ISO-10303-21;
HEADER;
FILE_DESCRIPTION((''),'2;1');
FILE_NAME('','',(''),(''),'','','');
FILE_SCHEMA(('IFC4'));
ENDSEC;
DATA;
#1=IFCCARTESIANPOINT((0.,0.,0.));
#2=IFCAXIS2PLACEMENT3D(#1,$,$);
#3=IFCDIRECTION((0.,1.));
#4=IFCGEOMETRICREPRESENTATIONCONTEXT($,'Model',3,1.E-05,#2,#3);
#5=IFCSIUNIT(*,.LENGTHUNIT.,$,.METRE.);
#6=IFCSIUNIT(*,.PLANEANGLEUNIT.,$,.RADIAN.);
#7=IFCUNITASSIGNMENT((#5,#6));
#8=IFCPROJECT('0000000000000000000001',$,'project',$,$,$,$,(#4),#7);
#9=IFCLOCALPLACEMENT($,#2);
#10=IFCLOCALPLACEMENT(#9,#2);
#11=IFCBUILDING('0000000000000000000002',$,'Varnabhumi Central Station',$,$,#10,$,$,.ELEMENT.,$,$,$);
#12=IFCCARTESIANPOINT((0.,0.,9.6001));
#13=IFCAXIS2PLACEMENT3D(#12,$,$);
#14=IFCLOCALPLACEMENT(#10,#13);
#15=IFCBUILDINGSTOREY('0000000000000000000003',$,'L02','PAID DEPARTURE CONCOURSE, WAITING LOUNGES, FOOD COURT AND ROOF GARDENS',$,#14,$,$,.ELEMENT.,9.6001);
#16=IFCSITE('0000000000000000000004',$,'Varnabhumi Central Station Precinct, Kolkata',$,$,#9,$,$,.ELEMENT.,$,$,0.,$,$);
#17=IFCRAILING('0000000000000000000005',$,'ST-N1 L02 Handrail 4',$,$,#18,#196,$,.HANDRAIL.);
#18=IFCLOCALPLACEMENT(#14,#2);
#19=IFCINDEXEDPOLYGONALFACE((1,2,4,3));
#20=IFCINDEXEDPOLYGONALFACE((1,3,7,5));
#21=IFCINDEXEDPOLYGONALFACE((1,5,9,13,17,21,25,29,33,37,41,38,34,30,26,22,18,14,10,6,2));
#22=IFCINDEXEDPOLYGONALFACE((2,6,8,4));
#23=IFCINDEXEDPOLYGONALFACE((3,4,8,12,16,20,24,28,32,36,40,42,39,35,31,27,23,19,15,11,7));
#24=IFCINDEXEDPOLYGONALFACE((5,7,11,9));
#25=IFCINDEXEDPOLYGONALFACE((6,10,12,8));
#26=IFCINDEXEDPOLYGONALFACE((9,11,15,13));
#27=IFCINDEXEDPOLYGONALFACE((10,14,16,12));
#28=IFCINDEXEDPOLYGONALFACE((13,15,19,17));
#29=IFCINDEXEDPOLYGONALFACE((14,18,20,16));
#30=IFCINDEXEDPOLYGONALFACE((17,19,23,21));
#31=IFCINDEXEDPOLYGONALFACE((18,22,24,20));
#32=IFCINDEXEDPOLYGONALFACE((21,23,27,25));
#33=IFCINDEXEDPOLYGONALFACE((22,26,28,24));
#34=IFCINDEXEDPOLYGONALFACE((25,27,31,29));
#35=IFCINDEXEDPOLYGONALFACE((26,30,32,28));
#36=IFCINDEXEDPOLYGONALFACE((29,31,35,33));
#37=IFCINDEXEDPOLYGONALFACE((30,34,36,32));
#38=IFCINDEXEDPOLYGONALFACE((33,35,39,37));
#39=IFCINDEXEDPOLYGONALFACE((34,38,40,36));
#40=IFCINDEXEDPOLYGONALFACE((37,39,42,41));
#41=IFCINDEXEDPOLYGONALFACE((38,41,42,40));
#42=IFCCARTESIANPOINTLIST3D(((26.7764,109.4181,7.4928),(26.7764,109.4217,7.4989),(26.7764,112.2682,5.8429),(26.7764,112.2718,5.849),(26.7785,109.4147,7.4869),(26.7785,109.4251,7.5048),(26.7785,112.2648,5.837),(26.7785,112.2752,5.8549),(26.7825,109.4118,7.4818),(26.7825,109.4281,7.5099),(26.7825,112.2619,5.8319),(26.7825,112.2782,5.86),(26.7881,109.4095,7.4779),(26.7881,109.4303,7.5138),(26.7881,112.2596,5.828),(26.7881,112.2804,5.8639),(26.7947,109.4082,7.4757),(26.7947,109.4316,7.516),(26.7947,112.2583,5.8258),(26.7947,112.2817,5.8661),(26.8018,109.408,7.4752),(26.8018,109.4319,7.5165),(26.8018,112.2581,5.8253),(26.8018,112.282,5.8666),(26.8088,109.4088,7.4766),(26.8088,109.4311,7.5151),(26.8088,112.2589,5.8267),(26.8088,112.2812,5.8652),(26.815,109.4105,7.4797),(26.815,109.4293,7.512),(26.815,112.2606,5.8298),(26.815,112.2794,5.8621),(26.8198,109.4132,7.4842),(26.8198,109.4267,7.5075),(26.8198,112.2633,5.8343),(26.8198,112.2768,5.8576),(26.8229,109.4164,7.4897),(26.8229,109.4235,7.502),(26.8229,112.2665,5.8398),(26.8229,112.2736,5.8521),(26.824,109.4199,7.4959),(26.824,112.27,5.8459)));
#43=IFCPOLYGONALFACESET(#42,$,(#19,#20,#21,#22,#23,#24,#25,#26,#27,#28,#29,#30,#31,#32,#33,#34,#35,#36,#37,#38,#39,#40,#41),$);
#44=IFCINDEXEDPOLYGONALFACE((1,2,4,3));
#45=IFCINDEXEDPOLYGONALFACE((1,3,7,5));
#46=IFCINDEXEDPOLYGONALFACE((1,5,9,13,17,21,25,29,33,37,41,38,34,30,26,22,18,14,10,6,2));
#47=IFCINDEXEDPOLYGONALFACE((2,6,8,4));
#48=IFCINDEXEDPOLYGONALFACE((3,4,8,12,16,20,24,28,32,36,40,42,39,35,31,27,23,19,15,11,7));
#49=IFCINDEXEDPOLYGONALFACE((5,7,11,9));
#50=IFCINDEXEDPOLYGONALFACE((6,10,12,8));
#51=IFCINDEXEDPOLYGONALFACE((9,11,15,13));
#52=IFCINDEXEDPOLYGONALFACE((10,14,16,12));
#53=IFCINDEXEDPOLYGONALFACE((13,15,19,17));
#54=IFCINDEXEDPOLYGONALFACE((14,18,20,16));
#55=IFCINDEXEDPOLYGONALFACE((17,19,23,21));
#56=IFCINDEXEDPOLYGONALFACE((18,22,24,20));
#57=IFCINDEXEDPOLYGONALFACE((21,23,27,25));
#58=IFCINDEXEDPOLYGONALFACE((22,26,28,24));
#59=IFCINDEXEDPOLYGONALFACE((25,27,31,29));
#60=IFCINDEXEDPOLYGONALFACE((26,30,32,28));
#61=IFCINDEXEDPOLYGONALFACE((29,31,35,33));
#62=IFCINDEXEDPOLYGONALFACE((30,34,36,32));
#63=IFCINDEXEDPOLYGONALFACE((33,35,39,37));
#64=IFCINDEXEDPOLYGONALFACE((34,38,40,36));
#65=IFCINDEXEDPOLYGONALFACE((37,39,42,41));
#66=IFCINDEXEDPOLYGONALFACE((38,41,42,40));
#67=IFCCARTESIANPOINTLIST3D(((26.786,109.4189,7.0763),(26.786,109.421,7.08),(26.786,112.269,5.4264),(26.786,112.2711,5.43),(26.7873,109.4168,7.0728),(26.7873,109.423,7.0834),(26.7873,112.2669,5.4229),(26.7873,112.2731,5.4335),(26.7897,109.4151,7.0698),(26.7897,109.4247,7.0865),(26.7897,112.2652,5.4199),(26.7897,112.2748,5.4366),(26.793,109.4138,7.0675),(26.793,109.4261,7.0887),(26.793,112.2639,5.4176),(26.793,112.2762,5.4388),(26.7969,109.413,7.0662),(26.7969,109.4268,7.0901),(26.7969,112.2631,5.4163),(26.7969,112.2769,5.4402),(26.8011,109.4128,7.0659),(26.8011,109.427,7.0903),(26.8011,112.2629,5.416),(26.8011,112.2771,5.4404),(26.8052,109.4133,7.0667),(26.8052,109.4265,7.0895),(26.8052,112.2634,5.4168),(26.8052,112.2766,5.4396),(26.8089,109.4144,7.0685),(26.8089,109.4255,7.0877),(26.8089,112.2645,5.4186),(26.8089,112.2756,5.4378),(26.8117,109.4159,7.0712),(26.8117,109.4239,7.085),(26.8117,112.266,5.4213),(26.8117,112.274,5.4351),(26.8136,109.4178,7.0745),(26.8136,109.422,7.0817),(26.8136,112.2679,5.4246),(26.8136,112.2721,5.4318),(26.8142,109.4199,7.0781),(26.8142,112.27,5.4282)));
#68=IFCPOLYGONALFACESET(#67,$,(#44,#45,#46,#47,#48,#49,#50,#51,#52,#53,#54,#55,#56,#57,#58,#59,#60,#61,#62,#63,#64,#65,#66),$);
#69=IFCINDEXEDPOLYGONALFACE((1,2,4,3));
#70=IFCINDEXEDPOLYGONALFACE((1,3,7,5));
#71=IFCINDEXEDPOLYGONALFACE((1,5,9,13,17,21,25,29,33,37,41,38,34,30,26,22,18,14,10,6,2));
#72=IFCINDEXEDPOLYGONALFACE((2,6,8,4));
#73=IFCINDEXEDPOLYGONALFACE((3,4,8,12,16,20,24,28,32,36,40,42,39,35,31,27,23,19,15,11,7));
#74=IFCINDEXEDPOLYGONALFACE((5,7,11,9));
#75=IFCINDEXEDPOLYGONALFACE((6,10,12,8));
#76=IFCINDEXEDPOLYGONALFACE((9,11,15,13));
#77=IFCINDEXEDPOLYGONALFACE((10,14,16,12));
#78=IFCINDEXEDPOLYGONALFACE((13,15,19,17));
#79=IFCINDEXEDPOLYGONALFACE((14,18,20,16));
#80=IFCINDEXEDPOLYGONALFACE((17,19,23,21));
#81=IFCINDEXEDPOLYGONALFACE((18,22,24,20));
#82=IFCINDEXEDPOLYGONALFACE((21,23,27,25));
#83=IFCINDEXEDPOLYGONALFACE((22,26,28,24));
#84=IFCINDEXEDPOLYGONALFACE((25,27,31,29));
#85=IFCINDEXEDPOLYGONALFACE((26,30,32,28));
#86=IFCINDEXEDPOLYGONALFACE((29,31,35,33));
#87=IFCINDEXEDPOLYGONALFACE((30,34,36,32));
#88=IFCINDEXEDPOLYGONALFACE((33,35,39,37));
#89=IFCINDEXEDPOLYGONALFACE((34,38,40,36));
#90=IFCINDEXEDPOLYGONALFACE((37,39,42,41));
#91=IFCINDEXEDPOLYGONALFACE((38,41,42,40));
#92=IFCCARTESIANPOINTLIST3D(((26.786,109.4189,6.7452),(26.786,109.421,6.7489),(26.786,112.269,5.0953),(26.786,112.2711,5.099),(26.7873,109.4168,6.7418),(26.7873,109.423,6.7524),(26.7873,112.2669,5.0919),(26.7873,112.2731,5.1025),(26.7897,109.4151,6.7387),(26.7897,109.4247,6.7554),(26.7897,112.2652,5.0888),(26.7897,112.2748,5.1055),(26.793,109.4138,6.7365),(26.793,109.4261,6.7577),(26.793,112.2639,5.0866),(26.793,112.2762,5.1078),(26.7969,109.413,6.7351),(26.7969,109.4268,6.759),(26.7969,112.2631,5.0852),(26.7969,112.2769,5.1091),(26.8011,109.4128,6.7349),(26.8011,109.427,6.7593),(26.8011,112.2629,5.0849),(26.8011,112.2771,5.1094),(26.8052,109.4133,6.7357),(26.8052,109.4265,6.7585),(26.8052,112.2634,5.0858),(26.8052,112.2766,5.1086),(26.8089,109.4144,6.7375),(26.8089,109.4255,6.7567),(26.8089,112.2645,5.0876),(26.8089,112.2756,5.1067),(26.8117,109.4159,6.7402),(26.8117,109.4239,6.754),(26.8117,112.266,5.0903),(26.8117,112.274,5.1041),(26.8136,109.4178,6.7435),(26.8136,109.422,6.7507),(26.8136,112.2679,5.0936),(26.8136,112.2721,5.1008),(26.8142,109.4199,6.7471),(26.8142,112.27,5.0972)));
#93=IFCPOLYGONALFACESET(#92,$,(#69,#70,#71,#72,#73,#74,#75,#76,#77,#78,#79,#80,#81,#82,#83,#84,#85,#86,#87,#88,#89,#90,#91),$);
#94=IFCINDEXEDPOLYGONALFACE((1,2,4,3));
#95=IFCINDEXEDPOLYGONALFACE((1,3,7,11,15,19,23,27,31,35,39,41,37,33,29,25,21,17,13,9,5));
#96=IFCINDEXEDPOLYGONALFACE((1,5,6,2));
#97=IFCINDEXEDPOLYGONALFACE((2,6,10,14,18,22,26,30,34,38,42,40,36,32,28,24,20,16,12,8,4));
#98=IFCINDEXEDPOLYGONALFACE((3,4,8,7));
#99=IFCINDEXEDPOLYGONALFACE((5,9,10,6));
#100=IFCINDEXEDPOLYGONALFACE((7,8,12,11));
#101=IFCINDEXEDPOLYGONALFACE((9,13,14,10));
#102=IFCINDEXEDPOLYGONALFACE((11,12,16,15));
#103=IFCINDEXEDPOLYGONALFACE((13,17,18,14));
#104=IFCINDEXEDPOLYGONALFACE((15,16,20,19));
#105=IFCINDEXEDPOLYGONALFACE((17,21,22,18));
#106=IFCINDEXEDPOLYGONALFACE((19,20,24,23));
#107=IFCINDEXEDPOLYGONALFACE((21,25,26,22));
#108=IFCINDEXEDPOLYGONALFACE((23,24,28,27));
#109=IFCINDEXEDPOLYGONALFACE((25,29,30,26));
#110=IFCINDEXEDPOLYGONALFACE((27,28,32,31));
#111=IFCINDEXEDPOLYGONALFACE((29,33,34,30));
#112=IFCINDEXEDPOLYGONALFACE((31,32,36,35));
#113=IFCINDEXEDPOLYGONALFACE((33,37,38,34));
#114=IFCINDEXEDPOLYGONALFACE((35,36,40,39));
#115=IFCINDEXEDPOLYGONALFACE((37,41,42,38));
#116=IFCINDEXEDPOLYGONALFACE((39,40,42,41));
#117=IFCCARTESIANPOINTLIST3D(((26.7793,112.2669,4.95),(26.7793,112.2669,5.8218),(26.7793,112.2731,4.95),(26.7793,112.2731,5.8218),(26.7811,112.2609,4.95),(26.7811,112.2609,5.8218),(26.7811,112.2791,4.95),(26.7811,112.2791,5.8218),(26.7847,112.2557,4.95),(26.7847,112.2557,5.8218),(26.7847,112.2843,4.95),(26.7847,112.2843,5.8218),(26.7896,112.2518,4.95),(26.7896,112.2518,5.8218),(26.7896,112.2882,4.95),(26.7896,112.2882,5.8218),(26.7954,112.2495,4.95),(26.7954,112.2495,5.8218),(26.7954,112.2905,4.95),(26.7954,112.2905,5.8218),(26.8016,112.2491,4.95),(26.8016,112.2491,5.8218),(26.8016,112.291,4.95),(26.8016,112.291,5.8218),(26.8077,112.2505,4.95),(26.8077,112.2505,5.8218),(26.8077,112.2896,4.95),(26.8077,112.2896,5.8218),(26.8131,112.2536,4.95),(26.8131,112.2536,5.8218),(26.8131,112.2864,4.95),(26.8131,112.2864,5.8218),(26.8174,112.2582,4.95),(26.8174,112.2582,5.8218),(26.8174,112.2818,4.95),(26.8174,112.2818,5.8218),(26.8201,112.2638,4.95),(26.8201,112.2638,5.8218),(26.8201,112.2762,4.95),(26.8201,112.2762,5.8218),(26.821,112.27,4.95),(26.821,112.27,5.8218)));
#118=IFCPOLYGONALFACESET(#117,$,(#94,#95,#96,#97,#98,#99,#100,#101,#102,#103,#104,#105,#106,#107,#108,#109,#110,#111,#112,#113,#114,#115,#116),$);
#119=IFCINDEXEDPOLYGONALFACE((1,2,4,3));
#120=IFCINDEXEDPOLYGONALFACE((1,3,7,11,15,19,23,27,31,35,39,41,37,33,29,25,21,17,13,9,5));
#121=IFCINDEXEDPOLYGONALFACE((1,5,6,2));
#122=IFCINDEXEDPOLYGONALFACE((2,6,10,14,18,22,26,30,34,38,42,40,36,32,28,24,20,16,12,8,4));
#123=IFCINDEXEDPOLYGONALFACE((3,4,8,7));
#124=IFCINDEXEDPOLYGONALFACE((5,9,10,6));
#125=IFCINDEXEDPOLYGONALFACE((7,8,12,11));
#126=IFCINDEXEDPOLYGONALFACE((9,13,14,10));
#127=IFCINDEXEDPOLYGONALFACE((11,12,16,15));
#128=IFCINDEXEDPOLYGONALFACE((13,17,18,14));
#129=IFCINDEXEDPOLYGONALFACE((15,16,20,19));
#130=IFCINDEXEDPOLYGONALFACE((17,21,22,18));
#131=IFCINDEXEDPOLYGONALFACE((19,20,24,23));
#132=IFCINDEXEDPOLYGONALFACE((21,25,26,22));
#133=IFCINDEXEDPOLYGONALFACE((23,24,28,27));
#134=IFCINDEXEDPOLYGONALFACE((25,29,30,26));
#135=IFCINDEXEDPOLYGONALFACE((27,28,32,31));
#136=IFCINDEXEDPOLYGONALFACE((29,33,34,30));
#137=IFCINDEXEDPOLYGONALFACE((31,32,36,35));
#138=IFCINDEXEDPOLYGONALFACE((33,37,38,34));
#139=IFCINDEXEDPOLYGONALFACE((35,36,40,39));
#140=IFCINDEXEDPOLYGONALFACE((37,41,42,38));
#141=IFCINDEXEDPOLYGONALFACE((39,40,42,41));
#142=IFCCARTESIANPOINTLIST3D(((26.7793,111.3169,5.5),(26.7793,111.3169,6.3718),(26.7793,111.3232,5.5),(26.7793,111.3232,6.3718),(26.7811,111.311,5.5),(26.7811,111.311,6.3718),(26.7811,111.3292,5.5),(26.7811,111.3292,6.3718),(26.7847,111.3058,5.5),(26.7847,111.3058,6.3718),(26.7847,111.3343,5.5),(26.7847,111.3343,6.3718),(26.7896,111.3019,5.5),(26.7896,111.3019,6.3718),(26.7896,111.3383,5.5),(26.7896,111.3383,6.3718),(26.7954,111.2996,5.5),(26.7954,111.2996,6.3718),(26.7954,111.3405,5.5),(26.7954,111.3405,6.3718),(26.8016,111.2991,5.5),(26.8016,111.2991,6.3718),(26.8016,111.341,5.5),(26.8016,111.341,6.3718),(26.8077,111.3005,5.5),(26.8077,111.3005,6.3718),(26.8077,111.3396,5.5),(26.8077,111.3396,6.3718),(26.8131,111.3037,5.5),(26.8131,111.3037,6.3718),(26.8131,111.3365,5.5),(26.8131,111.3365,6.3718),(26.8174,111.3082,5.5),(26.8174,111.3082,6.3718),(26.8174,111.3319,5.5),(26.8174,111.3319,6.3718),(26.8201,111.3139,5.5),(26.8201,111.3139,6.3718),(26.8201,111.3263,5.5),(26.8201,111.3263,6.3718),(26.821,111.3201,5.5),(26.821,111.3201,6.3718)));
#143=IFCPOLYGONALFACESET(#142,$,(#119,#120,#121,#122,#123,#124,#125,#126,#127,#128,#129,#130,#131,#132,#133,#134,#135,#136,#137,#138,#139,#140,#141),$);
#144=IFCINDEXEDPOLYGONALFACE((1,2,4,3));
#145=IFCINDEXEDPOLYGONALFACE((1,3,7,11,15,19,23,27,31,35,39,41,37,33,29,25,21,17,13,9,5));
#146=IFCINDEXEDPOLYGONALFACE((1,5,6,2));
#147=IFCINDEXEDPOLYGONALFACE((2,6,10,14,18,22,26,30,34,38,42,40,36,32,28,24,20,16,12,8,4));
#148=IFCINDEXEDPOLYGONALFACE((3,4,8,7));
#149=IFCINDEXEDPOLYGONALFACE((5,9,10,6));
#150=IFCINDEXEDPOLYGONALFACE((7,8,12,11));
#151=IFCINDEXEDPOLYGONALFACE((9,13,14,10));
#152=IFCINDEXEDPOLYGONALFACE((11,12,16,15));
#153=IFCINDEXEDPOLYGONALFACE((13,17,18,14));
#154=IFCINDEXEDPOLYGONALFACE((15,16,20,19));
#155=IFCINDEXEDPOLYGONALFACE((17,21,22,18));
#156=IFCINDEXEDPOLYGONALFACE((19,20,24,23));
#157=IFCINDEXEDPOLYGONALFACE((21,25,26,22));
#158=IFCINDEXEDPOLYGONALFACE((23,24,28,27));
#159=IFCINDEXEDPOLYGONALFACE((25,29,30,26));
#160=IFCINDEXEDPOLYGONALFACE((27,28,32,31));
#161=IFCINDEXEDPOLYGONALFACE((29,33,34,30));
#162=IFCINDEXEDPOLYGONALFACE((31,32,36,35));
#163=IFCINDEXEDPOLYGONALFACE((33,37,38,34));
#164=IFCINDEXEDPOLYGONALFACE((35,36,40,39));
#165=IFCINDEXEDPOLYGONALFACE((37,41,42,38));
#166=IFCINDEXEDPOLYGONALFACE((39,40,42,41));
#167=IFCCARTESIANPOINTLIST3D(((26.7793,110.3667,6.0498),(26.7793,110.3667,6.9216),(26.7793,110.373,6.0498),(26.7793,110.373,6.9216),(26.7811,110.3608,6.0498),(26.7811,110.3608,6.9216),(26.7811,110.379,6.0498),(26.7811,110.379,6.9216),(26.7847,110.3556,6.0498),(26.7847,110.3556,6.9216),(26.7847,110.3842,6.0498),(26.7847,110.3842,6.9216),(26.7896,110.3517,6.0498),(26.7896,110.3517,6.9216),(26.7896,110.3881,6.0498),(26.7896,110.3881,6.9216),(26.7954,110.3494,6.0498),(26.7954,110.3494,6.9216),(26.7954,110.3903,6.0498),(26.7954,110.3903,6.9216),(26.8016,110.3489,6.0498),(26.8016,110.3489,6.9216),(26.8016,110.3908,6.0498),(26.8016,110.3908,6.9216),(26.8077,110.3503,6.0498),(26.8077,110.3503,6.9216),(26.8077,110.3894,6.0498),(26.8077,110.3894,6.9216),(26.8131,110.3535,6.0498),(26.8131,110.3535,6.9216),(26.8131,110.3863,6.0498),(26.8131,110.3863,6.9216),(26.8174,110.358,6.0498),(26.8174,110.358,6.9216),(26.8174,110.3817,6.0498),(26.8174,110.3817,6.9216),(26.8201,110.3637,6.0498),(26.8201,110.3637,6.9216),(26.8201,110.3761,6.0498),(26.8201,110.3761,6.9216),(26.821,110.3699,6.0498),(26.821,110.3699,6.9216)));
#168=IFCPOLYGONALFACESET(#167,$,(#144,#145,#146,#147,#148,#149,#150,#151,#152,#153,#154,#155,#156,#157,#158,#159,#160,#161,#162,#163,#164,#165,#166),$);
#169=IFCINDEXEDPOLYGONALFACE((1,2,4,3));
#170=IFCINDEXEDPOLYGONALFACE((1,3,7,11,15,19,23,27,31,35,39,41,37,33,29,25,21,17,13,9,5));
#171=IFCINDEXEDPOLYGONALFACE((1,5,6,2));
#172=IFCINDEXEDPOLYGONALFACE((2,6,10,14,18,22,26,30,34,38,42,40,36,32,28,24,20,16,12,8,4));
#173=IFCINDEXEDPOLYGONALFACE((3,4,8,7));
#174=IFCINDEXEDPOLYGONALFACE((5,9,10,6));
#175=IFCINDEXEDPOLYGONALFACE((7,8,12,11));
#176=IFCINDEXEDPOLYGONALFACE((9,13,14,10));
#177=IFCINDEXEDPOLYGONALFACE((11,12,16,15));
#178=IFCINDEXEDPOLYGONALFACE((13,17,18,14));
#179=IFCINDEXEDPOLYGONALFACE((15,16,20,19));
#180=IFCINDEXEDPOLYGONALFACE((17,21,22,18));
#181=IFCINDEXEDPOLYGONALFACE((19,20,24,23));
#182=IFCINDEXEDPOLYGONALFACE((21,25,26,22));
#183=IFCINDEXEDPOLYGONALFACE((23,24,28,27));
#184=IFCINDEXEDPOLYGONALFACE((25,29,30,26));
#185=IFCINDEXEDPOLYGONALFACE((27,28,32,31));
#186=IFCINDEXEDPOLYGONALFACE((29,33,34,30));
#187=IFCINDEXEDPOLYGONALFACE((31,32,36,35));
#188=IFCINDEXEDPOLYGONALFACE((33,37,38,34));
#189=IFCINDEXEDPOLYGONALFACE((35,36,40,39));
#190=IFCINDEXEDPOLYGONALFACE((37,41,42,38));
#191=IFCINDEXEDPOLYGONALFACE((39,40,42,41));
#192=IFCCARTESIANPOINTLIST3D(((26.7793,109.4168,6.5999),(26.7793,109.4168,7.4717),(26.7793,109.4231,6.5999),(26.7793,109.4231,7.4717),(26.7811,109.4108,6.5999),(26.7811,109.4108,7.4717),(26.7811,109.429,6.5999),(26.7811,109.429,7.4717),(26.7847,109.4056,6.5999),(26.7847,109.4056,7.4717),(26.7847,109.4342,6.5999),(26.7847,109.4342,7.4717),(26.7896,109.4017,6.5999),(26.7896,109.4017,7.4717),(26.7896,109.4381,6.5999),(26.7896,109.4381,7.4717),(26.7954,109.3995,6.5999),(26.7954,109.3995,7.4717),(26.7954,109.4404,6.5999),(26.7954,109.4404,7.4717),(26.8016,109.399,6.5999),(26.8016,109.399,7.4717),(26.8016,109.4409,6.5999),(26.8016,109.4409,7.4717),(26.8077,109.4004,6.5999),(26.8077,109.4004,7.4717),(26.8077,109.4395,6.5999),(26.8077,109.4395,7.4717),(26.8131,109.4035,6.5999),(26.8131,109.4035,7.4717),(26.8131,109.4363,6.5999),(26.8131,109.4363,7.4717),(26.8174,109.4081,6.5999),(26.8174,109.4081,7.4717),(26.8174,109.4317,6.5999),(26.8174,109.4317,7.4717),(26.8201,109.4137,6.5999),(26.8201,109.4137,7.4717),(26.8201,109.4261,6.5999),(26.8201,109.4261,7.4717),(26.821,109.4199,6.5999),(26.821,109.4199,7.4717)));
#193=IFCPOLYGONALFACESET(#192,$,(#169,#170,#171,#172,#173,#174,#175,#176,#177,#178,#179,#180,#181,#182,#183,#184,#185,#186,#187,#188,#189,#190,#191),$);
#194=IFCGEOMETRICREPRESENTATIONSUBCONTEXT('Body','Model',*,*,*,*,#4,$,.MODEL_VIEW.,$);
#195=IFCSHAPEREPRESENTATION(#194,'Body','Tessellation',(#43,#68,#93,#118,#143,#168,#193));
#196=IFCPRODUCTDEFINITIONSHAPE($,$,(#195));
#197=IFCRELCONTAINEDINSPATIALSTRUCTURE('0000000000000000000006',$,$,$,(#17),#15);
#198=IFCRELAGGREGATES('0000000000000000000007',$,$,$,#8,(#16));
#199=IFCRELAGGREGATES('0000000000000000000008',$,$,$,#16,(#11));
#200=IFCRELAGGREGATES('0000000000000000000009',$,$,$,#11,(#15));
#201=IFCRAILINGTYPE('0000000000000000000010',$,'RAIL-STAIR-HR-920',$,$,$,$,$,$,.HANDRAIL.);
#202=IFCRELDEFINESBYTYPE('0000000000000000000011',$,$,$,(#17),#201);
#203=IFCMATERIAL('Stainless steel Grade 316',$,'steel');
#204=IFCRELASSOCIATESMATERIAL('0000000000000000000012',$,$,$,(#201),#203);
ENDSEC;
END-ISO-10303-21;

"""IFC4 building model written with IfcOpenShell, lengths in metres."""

from ifc_helpers import new_model, si_unit, direction, frame, origin, origin_2d, place, context, subcontext, project, spatial, circle, extrude, material, type_object, element, save


model = new_model("IFC4")

# Units and contexts
model_context = context("Model", 3, precision=1e-05, world=origin(), true_north=direction((0.0, 1.0)))
body_context = subcontext(model_context, "Body", "Model", "MODEL_VIEW")
ifc_project = project(units=[si_unit("LENGTHUNIT", "METRE"), si_unit("PLANEANGLEUNIT", "RADIAN")], contexts=[model_context])

# Site, building, storey
site_placement = place(None, origin())
site = spatial("IfcSite", under=ifc_project, at=site_placement, Name="Varnabhumi Central Station Precinct, Kolkata", CompositionType="ELEMENT", RefElevation=0.0)
building_placement = place(site_placement, origin())
building = spatial("IfcBuilding", under=site, at=building_placement, Name="Varnabhumi Central Station", CompositionType="ELEMENT")
storey_placement = place(building_placement, frame((0.0, 0.0, 9.6001)))
storey = spatial("IfcBuildingStorey", under=building, at=storey_placement, Name="L02", Description="PAID DEPARTURE CONCOURSE, WAITING LOUNGES, FOOD COURT AND ROOF GARDENS", CompositionType="ELEMENT", Elevation=9.6001)

# Shared definitions
ifc_material_1 = material(Name="Stainless steel Grade 316", Category="steel")

# Railing
railing_type_1 = type_object("IfcRailingType", Name="RAIL-STAIR-HR-920", PredefinedType="HANDRAIL", material=ifc_material_1)
railing_1_placement = place(storey_placement, frame((26.8, 112.27, 4.95)))
element("IfcRailing", 1, at=railing_1_placement, inside=storey, type_object=railing_type_1, Name="ST-N1 L02 Handrail 4", PredefinedType="HANDRAIL", context=body_context, shape_type="SweptSolid", body=[
    extrude(circle(Radius=0.0239, at=origin_2d()), frame((0.0, 0.0, 0.896), z_axis=(0.0, -0.865447, 0.501001), x_axis=(1.0, 0.0, 0.0)), (0.0, 0.0, 1.0), 3.2932),
    extrude(circle(Radius=0.0142, at=origin_2d()), frame((0.0, 0.0, 0.4783), z_axis=(0.0, -0.865447, 0.501001), x_axis=(1.0, 0.0, 0.0)), (0.0, 0.0, 1.0), 3.2932),
    extrude(circle(Radius=0.0142, at=origin_2d()), frame((0.0, 0.0, 0.1472), z_axis=(0.0, -0.865447, 0.501001), x_axis=(1.0, 0.0, 0.0)), (0.0, 0.0, 1.0), 3.2932),
    extrude(circle(Radius=0.021, at=origin_2d()), origin(), (0.0, 0.0, 1.0), 0.8718),
    extrude(circle(Radius=0.021, at=origin_2d()), frame((0.0, -0.95, 0.55)), (0.0, 0.0, 1.0), 0.8718),
    extrude(circle(Radius=0.021, at=origin_2d()), frame((0.0, -1.9001, 1.0999)), (0.0, 0.0, 1.0), 0.8718),
    extrude(circle(Radius=0.021, at=origin_2d()), frame((0.0, -2.8501, 1.6499)), (0.0, 0.0, 1.0), 0.8718),
])

save(model, "model.ifc")
